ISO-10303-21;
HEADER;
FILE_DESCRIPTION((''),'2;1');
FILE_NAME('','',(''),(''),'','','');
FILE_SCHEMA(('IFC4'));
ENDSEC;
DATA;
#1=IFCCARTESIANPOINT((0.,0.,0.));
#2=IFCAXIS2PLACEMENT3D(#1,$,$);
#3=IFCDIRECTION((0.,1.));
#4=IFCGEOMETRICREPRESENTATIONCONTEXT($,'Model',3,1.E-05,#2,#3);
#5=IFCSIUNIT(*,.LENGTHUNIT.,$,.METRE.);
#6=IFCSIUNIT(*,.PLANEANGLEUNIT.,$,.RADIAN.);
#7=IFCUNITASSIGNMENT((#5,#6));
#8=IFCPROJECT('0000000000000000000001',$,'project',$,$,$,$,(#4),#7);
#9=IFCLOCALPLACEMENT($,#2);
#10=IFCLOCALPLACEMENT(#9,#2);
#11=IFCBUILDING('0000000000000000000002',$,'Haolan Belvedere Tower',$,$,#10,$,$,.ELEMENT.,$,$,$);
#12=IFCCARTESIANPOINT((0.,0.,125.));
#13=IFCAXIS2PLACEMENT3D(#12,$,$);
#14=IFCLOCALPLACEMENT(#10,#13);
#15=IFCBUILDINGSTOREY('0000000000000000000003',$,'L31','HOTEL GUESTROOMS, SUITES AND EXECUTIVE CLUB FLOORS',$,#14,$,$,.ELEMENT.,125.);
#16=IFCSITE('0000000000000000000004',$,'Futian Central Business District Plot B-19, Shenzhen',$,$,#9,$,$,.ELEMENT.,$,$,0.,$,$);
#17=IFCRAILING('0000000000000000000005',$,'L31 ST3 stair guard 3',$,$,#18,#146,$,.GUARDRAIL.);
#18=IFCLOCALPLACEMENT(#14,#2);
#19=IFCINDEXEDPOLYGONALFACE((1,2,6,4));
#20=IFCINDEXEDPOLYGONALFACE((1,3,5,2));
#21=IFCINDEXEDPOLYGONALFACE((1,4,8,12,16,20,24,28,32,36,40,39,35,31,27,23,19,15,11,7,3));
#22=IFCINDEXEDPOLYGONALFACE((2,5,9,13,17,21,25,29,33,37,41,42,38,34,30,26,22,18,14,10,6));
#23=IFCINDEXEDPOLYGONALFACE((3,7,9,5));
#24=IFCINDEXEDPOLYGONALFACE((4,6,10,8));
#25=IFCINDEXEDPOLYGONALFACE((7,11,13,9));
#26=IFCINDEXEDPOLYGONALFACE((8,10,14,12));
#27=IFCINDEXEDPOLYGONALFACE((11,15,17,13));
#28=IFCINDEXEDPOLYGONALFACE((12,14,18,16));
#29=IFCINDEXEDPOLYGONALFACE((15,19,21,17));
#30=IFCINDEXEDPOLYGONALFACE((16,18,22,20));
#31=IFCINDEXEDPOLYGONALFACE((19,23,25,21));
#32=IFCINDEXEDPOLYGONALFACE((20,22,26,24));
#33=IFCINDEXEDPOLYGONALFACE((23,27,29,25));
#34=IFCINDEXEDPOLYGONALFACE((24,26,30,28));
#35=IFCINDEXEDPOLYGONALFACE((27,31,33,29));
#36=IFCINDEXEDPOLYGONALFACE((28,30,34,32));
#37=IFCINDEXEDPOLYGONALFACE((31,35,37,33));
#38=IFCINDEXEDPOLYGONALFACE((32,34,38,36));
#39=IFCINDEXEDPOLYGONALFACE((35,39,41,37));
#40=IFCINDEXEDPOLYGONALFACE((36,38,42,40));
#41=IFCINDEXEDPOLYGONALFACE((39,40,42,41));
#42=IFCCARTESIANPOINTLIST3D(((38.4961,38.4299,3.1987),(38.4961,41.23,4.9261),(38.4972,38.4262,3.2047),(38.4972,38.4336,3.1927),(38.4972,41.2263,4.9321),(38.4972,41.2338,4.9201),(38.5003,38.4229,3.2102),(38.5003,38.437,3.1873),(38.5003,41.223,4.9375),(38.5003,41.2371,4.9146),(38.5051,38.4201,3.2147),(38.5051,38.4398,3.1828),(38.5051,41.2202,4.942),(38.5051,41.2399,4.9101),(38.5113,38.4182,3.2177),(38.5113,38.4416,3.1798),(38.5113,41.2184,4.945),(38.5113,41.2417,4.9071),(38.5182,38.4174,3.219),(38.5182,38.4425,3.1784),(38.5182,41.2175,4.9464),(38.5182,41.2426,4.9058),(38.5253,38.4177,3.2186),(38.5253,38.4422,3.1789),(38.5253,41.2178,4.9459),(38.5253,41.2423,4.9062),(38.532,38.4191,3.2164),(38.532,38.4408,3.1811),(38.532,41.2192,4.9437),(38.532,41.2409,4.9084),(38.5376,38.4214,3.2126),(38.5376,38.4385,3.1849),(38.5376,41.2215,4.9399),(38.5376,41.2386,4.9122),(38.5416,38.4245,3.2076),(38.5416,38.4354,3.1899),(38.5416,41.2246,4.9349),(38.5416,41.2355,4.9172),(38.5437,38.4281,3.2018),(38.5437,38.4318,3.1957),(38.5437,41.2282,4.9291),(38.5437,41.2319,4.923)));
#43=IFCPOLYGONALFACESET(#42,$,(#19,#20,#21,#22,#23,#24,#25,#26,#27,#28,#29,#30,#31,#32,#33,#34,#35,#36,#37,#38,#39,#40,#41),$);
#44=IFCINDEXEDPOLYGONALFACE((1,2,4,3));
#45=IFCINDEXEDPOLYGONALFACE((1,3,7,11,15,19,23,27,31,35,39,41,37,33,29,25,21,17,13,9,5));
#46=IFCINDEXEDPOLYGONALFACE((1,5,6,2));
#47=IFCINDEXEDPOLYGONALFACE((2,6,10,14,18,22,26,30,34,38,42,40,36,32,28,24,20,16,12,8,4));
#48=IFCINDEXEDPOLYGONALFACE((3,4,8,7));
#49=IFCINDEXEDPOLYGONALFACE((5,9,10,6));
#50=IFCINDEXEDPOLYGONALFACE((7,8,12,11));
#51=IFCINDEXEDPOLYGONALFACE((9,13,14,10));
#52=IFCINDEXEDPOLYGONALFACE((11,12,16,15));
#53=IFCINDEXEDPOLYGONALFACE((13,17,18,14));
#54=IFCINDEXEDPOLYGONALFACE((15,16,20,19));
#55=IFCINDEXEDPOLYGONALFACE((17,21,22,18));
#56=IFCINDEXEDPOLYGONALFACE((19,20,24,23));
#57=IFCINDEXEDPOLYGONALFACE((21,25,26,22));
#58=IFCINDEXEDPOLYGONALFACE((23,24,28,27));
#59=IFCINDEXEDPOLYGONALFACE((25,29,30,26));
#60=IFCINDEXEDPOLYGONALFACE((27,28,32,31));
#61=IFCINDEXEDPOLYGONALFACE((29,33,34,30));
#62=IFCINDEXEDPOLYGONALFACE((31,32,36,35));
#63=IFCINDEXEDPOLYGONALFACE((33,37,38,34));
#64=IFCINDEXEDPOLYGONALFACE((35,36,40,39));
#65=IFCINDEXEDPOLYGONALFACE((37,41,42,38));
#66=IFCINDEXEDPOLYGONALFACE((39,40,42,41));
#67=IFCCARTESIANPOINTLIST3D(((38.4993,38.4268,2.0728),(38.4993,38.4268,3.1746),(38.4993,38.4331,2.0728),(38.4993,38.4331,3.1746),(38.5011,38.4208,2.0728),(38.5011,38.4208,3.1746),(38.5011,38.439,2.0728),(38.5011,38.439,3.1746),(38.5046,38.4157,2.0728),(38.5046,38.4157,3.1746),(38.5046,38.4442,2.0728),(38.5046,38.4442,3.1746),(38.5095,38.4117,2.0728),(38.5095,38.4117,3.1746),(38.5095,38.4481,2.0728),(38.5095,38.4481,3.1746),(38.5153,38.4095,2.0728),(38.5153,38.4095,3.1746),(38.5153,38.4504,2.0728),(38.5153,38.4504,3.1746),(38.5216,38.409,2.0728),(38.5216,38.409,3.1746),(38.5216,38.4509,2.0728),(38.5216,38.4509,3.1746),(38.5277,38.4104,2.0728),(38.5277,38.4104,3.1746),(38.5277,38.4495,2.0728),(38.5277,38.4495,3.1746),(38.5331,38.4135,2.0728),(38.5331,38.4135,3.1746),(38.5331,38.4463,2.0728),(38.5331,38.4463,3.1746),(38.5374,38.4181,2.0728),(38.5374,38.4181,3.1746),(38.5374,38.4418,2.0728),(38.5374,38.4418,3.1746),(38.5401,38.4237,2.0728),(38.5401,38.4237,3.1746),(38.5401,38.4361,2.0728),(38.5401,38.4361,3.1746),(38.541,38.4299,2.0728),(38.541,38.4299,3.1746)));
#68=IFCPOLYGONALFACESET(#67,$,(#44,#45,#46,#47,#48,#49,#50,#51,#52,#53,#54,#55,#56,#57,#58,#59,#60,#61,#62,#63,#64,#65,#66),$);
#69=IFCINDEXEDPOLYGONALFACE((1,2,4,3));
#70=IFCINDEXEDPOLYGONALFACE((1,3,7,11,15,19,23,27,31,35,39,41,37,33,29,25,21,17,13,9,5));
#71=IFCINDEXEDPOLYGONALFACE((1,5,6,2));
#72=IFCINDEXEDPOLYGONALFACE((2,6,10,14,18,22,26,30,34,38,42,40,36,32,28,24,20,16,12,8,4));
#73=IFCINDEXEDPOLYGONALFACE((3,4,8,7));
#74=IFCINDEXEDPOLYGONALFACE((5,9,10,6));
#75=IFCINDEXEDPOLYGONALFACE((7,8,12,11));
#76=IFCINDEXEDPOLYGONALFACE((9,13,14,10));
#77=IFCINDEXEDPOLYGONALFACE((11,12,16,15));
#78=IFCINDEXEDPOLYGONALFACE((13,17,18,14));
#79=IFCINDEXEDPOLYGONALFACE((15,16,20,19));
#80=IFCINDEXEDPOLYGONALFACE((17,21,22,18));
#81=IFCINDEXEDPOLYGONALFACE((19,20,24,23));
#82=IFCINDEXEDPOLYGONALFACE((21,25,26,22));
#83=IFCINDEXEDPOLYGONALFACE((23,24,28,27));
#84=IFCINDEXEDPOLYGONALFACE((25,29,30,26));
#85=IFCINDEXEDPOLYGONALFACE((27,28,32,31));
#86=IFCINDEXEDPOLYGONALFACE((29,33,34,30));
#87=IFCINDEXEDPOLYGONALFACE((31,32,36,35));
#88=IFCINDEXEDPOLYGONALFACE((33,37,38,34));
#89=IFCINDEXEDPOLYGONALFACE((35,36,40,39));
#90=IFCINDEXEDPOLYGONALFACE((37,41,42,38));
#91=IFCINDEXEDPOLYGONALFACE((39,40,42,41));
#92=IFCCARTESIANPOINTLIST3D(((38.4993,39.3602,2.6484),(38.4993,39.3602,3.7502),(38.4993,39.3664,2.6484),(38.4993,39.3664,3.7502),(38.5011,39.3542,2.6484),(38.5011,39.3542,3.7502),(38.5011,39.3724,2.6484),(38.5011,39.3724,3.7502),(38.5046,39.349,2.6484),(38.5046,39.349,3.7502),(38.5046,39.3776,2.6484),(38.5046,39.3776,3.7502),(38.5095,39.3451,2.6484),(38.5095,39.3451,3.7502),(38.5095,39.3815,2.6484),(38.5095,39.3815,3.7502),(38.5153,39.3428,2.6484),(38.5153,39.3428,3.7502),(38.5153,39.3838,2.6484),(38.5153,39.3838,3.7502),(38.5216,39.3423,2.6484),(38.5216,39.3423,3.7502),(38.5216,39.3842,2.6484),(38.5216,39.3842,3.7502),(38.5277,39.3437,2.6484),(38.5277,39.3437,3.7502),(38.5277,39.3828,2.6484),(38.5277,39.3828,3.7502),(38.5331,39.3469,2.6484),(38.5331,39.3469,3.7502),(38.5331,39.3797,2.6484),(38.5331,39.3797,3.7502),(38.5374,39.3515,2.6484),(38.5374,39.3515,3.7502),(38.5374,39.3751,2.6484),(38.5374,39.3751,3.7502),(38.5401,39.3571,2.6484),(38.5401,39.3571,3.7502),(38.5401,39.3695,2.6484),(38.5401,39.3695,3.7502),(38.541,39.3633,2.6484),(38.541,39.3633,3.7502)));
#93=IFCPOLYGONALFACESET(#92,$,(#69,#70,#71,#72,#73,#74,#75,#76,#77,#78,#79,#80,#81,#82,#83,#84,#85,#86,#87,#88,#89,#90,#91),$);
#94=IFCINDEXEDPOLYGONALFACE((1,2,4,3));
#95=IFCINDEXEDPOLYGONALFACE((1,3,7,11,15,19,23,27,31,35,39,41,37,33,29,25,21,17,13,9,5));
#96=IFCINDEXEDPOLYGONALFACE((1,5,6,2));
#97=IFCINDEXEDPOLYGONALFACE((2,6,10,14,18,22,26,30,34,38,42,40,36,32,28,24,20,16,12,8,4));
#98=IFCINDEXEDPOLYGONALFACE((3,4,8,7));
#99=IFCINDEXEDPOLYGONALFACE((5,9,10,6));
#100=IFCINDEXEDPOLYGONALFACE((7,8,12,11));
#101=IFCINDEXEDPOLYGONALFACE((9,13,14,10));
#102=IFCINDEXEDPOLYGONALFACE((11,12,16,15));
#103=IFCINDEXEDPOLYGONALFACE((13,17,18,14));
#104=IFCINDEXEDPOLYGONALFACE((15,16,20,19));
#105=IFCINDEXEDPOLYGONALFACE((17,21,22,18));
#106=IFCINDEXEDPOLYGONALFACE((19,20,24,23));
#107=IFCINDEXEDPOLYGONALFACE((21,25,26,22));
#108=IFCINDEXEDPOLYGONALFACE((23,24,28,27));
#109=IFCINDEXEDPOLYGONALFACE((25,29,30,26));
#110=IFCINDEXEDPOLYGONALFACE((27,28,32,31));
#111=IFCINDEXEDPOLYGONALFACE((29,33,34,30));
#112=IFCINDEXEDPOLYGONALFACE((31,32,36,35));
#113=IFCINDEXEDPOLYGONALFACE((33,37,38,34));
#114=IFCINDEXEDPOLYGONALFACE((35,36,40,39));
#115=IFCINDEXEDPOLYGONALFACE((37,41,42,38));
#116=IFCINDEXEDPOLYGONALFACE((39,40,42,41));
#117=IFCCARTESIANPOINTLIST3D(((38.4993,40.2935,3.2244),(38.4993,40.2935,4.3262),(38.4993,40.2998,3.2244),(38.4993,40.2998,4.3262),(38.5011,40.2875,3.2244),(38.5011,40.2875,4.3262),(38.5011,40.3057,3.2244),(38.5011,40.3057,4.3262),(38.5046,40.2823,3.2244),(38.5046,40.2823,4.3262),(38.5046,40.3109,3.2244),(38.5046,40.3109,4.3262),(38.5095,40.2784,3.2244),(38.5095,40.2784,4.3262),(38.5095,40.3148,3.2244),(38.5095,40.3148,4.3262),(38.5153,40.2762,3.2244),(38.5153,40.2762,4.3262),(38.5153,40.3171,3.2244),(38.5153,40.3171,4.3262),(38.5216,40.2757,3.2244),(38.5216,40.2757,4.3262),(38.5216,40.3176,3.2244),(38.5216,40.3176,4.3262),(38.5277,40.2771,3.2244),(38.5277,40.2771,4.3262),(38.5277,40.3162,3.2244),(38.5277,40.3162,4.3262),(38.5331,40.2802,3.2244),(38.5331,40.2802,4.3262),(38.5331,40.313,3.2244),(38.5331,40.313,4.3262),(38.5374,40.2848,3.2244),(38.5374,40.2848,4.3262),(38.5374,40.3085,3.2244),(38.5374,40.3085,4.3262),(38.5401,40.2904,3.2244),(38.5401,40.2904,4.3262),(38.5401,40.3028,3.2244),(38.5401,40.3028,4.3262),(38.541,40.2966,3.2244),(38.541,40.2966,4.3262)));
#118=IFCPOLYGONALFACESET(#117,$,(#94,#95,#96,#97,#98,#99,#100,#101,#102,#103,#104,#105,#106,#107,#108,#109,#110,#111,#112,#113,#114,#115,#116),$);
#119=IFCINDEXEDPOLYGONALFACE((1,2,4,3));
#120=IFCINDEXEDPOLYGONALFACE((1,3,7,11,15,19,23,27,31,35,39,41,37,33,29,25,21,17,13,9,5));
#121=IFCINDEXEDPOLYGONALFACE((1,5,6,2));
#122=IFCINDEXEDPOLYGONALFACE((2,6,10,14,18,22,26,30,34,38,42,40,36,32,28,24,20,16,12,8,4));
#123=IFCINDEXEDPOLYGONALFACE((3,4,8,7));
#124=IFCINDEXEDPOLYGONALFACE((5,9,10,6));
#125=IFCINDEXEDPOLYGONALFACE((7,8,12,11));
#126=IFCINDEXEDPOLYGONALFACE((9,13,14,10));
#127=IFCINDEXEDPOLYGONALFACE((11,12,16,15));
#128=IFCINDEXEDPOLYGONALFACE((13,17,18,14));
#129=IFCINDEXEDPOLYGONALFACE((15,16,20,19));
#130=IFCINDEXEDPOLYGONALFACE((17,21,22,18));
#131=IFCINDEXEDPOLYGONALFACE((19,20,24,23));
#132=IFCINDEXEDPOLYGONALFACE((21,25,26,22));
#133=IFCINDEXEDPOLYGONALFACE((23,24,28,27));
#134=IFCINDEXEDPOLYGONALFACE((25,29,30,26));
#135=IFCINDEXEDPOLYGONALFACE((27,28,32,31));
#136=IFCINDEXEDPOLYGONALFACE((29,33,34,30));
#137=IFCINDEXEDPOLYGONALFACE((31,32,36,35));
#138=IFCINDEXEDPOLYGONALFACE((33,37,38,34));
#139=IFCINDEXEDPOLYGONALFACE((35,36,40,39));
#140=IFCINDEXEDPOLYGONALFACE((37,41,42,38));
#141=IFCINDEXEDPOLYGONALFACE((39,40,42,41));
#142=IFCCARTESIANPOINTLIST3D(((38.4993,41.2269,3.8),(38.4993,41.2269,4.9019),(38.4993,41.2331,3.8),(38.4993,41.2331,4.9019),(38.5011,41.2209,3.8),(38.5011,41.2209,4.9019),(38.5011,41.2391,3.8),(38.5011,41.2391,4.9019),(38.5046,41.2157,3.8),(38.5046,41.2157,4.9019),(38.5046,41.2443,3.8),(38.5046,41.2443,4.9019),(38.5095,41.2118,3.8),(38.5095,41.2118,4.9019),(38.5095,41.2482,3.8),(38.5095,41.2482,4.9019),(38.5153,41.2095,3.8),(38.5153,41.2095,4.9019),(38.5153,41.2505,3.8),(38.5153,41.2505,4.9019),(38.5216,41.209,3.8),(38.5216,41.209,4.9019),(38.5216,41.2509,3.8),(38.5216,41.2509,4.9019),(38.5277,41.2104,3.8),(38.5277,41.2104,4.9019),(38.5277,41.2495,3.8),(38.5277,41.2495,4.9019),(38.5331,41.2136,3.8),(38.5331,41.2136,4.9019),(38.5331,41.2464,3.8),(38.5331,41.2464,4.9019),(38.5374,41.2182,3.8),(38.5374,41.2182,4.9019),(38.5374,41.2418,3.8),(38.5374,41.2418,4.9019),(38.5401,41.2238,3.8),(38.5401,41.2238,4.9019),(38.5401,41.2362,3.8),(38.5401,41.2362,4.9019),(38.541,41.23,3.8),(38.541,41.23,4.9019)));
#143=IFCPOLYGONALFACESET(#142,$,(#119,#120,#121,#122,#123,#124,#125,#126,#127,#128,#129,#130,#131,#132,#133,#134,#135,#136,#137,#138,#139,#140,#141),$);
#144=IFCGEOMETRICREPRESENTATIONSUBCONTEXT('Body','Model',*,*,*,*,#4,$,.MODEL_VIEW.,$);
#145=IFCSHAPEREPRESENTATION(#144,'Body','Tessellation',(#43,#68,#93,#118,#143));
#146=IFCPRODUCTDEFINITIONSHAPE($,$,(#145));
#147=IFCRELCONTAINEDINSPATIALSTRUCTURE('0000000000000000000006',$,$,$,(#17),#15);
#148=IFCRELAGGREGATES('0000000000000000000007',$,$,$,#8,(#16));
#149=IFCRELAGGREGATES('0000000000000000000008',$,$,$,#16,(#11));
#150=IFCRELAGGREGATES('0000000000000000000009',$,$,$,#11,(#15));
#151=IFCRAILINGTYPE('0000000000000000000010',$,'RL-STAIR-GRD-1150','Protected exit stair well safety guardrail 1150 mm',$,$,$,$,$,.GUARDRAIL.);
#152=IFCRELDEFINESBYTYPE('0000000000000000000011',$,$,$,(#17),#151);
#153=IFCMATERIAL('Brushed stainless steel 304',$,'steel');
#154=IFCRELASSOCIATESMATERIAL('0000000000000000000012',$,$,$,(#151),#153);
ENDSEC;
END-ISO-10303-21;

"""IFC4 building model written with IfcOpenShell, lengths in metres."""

from ifc_helpers import new_model, si_unit, direction, frame, origin, origin_2d, place, context, subcontext, project, spatial, circle, extrude, material, type_object, element, save


model = new_model("IFC4")

# Units and contexts
model_context = context("Model", 3, precision=1e-05, world=origin(), true_north=direction((0.0, 1.0)))
body_context = subcontext(model_context, "Body", "Model", "MODEL_VIEW")
ifc_project = project(units=[si_unit("LENGTHUNIT", "METRE"), si_unit("PLANEANGLEUNIT", "RADIAN")], contexts=[model_context])

# Site, building, storey
site_placement = place(None, origin())
site = spatial("IfcSite", under=ifc_project, at=site_placement, Name="Futian Central Business District Plot B-19, Shenzhen", CompositionType="ELEMENT", RefElevation=0.0)
building_placement = place(site_placement, origin())
building = spatial("IfcBuilding", under=site, at=building_placement, Name="Haolan Belvedere Tower", CompositionType="ELEMENT")
storey_placement = place(building_placement, frame((0.0, 0.0, 125.0)))
storey = spatial("IfcBuildingStorey", under=building, at=storey_placement, Name="L31", Description="HOTEL GUESTROOMS, SUITES AND EXECUTIVE CLUB FLOORS", CompositionType="ELEMENT", Elevation=125.0)

# Railing
ifc_material_1 = material(Name="Brushed stainless steel 304", Category="steel")
railing_type_1 = type_object("IfcRailingType", Name="RL-STAIR-GRD-1150", Description="Protected exit stair well safety guardrail 1150 mm", PredefinedType="GUARDRAIL", material=ifc_material_1)
railing_1_placement = place(storey_placement, frame((38.52, 38.4299, 2.0728)))
element("IfcRailing", 1, at=railing_1_placement, inside=storey, type_object=railing_type_1, Name="L31 ST3 stair guard 3", PredefinedType="GUARDRAIL", context=body_context, shape_type="SweptSolid", body=[
    extrude(circle(Radius=0.0239, at=origin_2d()), frame((0.0, 0.0, 1.126), z_axis=(0.0, 0.85109, 0.52502), x_axis=(-1.0, 0.0, 0.0)), (0.0, 0.0, 1.0), 3.29),
    extrude(circle(Radius=0.021, at=origin_2d()), origin(), (0.0, 0.0, 1.0), 1.1018),
    extrude(circle(Radius=0.021, at=origin_2d()), frame((0.0, 0.9333, 0.5757)), (0.0, 0.0, 1.0), 1.1018),
    extrude(circle(Radius=0.021, at=origin_2d()), frame((0.0, 1.8667, 1.1516)), (0.0, 0.0, 1.0), 1.1018),
    extrude(circle(Radius=0.021, at=origin_2d()), frame((0.0, 2.8, 1.7273)), (0.0, 0.0, 1.0), 1.1018),
])

save(model, "model.ifc")
